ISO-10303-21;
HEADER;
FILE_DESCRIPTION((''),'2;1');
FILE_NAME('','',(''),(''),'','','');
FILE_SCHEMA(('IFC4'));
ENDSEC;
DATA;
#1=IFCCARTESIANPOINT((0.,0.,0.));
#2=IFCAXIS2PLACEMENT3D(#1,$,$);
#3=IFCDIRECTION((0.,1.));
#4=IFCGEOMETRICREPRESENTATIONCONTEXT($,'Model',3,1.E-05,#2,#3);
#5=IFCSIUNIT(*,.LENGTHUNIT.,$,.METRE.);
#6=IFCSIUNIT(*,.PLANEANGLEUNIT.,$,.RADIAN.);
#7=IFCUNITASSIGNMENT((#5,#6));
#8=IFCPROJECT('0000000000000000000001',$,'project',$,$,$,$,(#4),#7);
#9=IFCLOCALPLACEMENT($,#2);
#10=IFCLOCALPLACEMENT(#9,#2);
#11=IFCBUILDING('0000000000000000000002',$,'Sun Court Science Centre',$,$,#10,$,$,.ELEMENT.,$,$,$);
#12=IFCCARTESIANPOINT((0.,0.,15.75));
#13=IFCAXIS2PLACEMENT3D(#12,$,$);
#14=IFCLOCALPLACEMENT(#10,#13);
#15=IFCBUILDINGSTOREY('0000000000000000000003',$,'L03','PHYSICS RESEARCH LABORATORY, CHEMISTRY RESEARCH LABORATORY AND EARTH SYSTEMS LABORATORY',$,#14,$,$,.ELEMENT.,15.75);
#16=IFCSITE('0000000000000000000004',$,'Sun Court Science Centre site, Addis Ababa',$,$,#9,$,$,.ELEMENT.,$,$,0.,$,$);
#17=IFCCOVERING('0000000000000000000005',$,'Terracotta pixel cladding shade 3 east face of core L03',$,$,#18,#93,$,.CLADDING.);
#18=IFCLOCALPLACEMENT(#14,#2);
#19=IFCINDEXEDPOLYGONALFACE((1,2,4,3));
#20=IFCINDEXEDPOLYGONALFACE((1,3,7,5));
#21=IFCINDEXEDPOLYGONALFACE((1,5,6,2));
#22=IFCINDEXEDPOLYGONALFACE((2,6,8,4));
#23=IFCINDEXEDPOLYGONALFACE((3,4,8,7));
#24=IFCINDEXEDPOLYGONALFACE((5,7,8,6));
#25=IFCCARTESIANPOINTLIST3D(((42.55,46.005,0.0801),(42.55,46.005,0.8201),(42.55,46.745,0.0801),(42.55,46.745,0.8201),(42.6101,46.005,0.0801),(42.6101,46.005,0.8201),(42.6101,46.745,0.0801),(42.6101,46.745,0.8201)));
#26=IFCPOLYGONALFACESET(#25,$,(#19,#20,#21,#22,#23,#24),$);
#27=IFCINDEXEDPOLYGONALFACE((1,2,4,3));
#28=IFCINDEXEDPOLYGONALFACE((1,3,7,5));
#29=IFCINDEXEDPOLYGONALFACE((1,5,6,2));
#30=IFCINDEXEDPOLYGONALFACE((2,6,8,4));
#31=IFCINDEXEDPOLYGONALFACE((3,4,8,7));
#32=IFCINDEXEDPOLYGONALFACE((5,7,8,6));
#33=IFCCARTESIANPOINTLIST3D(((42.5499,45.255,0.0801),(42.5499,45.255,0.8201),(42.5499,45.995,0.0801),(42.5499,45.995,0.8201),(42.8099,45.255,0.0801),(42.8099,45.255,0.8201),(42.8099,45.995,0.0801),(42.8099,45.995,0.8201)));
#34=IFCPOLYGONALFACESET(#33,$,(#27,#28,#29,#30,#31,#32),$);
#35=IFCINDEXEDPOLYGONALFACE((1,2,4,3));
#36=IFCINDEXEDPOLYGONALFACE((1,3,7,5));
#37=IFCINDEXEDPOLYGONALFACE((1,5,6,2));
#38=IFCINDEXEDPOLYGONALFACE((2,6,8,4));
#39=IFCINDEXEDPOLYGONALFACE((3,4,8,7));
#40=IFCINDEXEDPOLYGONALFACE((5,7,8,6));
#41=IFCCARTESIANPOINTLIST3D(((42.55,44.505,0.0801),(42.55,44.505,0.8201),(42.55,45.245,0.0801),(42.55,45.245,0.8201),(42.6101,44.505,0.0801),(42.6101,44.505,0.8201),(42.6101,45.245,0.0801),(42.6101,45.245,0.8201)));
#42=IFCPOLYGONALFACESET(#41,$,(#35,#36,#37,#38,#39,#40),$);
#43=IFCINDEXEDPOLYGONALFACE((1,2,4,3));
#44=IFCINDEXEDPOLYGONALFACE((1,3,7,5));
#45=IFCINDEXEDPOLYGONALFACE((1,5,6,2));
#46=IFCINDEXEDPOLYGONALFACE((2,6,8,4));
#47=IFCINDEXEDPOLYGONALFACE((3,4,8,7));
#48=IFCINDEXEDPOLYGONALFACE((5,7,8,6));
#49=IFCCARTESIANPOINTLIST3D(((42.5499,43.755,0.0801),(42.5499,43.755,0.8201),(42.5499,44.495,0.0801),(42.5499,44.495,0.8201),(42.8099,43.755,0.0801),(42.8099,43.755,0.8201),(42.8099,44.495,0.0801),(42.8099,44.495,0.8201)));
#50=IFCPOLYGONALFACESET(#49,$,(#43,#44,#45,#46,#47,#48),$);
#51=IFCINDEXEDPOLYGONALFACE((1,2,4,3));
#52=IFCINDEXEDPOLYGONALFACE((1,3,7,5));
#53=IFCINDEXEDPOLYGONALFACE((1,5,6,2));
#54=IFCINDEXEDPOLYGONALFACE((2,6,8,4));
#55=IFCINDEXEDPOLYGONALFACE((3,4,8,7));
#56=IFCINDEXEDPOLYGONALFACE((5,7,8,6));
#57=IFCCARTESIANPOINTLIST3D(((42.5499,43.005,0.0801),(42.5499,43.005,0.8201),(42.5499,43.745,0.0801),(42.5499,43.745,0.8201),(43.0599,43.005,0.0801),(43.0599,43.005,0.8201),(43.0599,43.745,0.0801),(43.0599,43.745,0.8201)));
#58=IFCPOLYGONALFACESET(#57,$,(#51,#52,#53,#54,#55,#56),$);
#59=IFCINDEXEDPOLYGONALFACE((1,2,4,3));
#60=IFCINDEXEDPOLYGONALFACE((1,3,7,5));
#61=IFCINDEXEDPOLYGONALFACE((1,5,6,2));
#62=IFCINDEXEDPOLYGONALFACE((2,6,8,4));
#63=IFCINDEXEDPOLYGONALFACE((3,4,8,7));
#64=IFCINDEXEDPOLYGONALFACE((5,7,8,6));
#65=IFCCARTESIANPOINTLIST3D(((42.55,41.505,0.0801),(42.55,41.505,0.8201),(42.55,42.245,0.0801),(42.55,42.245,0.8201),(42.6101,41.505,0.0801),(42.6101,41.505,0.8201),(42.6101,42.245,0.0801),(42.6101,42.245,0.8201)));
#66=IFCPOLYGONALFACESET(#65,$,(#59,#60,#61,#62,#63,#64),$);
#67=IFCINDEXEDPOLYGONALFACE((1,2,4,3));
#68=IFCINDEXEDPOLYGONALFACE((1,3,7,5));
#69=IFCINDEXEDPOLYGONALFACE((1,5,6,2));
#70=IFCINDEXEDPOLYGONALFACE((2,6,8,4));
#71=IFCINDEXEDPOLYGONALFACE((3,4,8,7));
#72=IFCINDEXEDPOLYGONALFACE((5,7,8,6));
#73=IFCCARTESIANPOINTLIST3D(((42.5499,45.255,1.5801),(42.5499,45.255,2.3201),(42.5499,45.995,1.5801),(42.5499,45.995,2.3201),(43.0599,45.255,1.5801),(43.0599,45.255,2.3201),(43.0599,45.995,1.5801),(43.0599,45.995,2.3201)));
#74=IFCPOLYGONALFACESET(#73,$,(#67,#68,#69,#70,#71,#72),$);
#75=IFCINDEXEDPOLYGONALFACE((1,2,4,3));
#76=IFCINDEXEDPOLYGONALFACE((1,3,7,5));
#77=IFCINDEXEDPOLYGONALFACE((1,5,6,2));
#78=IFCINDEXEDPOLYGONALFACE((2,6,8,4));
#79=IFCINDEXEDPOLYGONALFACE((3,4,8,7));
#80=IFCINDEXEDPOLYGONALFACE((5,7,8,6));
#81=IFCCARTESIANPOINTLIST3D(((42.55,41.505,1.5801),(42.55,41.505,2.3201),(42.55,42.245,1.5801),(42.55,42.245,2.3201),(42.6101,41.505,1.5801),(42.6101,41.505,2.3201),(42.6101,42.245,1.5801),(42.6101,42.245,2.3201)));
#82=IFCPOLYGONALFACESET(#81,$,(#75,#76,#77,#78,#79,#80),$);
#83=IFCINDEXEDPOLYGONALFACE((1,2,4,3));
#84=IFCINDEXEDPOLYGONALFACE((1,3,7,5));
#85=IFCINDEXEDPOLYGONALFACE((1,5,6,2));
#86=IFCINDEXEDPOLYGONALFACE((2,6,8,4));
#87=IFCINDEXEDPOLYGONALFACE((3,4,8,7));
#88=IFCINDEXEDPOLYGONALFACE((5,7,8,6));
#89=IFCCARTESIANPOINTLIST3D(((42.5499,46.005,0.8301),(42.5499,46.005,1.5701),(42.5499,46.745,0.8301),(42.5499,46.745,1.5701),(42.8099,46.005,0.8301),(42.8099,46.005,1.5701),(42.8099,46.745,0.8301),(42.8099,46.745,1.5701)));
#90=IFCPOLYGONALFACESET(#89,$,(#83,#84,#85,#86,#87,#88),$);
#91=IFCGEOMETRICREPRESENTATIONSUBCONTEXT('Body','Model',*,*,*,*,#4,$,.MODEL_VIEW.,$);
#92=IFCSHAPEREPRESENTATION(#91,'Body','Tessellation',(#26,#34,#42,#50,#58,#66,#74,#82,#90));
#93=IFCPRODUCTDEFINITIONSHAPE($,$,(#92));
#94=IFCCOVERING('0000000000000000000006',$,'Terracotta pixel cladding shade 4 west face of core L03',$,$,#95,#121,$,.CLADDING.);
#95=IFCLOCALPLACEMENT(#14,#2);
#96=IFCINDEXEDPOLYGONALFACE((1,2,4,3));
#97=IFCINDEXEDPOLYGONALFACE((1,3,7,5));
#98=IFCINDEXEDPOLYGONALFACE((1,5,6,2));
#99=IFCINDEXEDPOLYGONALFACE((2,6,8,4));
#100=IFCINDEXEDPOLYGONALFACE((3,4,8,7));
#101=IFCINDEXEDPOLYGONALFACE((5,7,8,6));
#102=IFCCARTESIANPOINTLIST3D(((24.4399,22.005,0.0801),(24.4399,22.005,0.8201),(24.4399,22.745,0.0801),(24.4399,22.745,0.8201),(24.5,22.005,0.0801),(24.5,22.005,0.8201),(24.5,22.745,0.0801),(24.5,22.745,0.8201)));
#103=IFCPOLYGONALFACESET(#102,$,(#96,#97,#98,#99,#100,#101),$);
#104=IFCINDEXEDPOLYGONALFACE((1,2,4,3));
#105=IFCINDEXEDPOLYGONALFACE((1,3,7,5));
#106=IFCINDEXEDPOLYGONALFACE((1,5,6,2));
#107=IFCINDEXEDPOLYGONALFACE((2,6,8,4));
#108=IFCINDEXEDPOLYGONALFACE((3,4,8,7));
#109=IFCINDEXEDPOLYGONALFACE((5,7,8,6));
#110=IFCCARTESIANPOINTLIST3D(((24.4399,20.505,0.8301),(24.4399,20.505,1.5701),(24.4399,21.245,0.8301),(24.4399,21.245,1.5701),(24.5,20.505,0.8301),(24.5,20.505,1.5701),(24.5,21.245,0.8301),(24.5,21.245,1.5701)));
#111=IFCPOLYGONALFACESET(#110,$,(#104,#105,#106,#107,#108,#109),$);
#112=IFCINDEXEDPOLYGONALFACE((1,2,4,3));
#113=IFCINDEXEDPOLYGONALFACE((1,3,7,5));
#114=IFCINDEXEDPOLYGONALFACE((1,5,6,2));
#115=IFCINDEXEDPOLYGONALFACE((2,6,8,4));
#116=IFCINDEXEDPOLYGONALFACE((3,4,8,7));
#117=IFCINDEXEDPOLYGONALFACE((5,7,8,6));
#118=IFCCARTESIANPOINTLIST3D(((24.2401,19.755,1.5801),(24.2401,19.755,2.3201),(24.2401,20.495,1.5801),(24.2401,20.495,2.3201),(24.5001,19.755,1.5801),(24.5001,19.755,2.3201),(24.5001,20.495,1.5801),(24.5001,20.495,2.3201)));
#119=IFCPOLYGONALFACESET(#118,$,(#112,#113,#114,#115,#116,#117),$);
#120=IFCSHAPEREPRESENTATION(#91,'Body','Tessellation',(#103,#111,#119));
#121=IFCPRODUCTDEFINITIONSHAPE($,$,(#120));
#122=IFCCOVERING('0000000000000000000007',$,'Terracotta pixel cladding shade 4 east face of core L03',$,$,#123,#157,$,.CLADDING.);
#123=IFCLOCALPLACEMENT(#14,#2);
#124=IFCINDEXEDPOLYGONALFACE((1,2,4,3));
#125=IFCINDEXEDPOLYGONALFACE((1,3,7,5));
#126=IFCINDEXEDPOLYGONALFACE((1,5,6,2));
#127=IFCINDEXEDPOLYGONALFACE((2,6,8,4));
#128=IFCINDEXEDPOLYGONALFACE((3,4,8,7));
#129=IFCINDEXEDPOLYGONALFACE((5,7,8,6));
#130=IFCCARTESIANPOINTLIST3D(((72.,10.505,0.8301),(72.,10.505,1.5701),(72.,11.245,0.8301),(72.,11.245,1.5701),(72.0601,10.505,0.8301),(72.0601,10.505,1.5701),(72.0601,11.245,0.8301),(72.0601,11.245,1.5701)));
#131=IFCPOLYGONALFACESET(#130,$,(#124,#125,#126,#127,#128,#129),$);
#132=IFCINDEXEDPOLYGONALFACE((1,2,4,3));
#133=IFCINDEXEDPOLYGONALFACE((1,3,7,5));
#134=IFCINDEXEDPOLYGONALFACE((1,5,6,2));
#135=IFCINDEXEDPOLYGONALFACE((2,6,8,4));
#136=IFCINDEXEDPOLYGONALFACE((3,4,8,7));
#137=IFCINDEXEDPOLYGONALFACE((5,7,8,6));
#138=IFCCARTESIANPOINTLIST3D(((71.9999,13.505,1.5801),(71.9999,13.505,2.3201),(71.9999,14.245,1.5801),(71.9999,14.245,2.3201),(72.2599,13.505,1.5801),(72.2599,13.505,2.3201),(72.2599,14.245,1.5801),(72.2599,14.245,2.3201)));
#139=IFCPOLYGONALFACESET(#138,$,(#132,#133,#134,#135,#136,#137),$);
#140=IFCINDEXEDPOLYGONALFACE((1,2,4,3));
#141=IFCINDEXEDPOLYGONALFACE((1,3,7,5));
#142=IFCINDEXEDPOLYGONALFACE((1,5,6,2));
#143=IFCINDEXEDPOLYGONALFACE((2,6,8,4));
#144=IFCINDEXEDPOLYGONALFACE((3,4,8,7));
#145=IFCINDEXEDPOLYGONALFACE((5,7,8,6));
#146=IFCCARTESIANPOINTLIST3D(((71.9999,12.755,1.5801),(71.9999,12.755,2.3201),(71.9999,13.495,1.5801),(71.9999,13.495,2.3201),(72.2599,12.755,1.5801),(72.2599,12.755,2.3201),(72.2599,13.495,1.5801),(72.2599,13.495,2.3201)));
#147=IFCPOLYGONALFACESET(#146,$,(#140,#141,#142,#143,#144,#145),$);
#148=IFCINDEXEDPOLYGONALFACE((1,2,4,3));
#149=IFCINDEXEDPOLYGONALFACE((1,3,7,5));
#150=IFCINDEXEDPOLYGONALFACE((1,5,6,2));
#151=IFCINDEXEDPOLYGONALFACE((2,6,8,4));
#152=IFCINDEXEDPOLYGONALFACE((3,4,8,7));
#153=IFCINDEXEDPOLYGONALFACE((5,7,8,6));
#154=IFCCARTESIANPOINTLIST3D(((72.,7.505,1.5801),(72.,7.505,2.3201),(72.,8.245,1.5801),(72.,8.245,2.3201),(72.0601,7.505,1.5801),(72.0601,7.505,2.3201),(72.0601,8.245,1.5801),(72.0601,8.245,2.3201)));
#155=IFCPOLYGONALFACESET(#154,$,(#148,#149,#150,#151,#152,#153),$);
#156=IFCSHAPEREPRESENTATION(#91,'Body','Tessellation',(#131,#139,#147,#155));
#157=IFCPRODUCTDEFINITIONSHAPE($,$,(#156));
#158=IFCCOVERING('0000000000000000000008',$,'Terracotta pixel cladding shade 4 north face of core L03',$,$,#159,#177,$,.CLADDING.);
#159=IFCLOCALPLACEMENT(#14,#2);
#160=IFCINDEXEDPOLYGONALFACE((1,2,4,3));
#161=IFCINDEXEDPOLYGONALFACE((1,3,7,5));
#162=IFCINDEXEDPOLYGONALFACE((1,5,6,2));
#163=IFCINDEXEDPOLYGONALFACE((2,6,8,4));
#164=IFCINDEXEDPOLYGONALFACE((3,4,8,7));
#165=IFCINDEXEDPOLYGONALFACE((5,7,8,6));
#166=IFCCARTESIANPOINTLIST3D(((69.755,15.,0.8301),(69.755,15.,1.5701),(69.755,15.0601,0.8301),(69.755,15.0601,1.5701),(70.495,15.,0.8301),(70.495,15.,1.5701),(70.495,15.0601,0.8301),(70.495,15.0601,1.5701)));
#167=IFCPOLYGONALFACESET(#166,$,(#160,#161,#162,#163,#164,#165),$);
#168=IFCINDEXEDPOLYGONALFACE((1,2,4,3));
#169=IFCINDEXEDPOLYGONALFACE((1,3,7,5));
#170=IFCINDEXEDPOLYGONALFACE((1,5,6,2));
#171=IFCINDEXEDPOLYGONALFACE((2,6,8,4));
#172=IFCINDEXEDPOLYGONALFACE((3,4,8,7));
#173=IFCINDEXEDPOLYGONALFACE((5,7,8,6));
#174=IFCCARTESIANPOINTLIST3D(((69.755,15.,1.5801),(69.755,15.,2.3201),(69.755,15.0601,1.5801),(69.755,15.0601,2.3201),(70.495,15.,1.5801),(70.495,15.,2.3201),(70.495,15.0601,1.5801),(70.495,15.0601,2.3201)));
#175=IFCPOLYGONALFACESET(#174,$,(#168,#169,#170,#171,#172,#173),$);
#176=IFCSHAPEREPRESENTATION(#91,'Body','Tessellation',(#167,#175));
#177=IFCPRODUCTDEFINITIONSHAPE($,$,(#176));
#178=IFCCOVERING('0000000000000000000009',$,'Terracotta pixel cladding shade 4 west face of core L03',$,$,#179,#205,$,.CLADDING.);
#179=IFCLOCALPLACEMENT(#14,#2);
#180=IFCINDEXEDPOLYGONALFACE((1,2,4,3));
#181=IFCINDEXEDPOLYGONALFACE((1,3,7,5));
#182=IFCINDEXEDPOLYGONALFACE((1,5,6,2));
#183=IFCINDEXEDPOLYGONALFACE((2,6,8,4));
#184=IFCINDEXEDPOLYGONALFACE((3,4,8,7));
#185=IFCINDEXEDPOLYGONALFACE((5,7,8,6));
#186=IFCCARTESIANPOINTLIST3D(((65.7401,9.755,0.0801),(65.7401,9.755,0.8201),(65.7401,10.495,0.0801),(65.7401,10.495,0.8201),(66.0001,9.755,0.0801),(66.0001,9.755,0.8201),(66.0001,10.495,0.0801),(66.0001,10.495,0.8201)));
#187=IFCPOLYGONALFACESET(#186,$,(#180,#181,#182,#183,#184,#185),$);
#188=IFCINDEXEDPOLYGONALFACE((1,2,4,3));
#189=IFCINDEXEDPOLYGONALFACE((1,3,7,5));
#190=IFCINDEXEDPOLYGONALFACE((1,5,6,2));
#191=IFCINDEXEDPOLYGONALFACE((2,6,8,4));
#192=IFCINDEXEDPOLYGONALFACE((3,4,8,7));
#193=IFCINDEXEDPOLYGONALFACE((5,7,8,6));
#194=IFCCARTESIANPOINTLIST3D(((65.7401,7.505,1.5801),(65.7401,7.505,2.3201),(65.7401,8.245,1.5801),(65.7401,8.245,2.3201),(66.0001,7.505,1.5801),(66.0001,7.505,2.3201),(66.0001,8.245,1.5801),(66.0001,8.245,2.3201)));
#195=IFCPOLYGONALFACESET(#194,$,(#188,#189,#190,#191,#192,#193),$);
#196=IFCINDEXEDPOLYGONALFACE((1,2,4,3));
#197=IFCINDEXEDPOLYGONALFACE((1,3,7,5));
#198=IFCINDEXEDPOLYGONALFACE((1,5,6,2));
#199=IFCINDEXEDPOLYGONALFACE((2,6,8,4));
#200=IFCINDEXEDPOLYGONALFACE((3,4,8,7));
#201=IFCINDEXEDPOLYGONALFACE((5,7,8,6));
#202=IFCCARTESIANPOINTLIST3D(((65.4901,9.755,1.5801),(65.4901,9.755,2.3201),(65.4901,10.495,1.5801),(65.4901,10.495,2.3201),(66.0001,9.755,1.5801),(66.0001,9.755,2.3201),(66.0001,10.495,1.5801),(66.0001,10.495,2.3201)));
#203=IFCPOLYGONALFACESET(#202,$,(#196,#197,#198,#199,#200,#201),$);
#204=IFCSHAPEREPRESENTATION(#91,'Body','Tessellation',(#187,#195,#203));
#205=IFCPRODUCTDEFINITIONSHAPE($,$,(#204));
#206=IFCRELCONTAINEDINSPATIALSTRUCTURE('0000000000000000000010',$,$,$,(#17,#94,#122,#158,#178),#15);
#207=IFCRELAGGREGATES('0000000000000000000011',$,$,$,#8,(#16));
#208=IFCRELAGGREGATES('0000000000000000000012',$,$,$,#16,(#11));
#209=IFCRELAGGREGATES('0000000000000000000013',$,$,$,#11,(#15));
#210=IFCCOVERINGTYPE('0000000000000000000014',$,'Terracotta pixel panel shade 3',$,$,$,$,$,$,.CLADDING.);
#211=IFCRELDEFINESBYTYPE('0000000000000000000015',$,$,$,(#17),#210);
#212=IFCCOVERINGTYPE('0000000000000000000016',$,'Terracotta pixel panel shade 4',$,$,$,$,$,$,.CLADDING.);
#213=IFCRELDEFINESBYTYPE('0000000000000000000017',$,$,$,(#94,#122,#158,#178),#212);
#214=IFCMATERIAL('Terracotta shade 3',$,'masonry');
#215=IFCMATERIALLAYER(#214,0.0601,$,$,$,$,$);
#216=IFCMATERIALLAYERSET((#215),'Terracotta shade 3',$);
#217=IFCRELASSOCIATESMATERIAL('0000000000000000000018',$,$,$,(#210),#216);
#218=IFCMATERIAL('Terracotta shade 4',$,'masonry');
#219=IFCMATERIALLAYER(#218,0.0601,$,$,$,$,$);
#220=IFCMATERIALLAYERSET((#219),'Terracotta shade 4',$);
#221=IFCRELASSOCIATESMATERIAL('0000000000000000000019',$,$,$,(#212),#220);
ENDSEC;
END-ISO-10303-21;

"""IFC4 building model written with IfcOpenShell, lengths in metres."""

from ifc_helpers import new_model, si_unit, direction, frame, origin, origin_2d, place, context, subcontext, project, spatial, rectangle, extrude, material, layer, layer_set, type_object, element, save


model = new_model("IFC4")

# Units and contexts
model_context = context("Model", 3, precision=1e-05, world=origin(), true_north=direction((0.0, 1.0)))
body_context = subcontext(model_context, "Body", "Model", "MODEL_VIEW")
ifc_project = project(units=[si_unit("LENGTHUNIT", "METRE"), si_unit("PLANEANGLEUNIT", "RADIAN")], contexts=[model_context])

# Site, building, storey
site_placement = place(None, origin())
site = spatial("IfcSite", under=ifc_project, at=site_placement, Name="Sun Court Science Centre site, Addis Ababa", CompositionType="ELEMENT", RefElevation=0.0)
building_placement = place(site_placement, origin())
building = spatial("IfcBuilding", under=site, at=building_placement, Name="Sun Court Science Centre", CompositionType="ELEMENT")
storey_placement = place(building_placement, frame((0.0, 0.0, 15.75)))
storey = spatial("IfcBuildingStorey", under=building, at=storey_placement, Name="L03", Description="PHYSICS RESEARCH LABORATORY, CHEMISTRY RESEARCH LABORATORY AND EARTH SYSTEMS LABORATORY", CompositionType="ELEMENT", Elevation=15.75)

# Coverings
ifc_material_1 = material(Name="Terracotta shade 3", Category="masonry")
ifc_layer_1 = layer(ifc_material_1, 0.0601)
ifc_layer_set_1 = layer_set([ifc_layer_1], Name="Terracotta shade 3")
covering_type_1 = type_object("IfcCoveringType", Name="Terracotta pixel panel shade 3", PredefinedType="CLADDING", material=ifc_layer_set_1)
covering_1_placement = place(storey_placement, frame((0.0, 0.0, -15.75)))
element("IfcCovering", 1, at=covering_1_placement, inside=storey, type_object=covering_type_1, Name="Terracotta pixel cladding shade 3 east face of core L03", PredefinedType="CLADDING", context=body_context, shape_type="SweptSolid", body=[
    extrude(rectangle(XDim=0.74, YDim=0.0601, at=origin_2d()), frame((42.5801, 46.375, 15.8301), z_axis=(0.0, 0.0, 1.0), x_axis=(0.0, -1.0, 0.0)), (0.0, 0.0, 1.0), 0.74),
    extrude(rectangle(XDim=0.74, YDim=0.26, at=origin_2d()), frame((42.6799, 45.625, 15.8301), z_axis=(0.0, 0.0, 1.0), x_axis=(0.0, -1.0, 0.0)), (0.0, 0.0, 1.0), 0.74),
    extrude(rectangle(XDim=0.74, YDim=0.0601, at=origin_2d()), frame((42.5801, 44.875, 15.8301), z_axis=(0.0, 0.0, 1.0), x_axis=(0.0, -1.0, 0.0)), (0.0, 0.0, 1.0), 0.74),
    extrude(rectangle(XDim=0.74, YDim=0.26, at=origin_2d()), frame((42.6799, 44.125, 15.8301), z_axis=(0.0, 0.0, 1.0), x_axis=(0.0, -1.0, 0.0)), (0.0, 0.0, 1.0), 0.74),
    extrude(rectangle(XDim=0.74, YDim=0.51, at=origin_2d()), frame((42.8049, 43.375, 15.8301), z_axis=(0.0, 0.0, 1.0), x_axis=(0.0, -1.0, 0.0)), (0.0, 0.0, 1.0), 0.74),
    extrude(rectangle(XDim=0.74, YDim=0.0601, at=origin_2d()), frame((42.5801, 41.875, 15.8301), z_axis=(0.0, 0.0, 1.0), x_axis=(0.0, -1.0, 0.0)), (0.0, 0.0, 1.0), 0.74),
    extrude(rectangle(XDim=0.74, YDim=0.51, at=origin_2d()), frame((42.8049, 45.625, 17.3301), z_axis=(0.0, 0.0, 1.0), x_axis=(0.0, -1.0, 0.0)), (0.0, 0.0, 1.0), 0.74),
    extrude(rectangle(XDim=0.74, YDim=0.0601, at=origin_2d()), frame((42.5801, 41.875, 17.3301), z_axis=(0.0, 0.0, 1.0), x_axis=(0.0, -1.0, 0.0)), (0.0, 0.0, 1.0), 0.74),
    extrude(rectangle(XDim=0.74, YDim=0.26, at=origin_2d()), frame((42.6799, 46.375, 16.5801), z_axis=(0.0, 0.0, 1.0), x_axis=(0.0, -1.0, 0.0)), (0.0, 0.0, 1.0), 0.74),
])
ifc_material_2 = material(Name="Terracotta shade 4", Category="masonry")
ifc_layer_2 = layer(ifc_material_2, 0.0601)
ifc_layer_set_2 = layer_set([ifc_layer_2], Name="Terracotta shade 4")
covering_type_2 = type_object("IfcCoveringType", Name="Terracotta pixel panel shade 4", PredefinedType="CLADDING", material=ifc_layer_set_2)
covering_2_placement = place(storey_placement, frame((0.0, 0.0, -15.75)))
element("IfcCovering", 2, at=covering_2_placement, inside=storey, type_object=covering_type_2, Name="Terracotta pixel cladding shade 4 west face of core L03", PredefinedType="CLADDING", context=body_context, shape_type="SweptSolid", body=[
    extrude(rectangle(XDim=0.74, YDim=0.0601, at=origin_2d()), frame((24.47, 22.375, 15.8301), z_axis=(0.0, 0.0, 1.0), x_axis=(0.0, 1.0, 0.0)), (0.0, 0.0, 1.0), 0.74),
    extrude(rectangle(XDim=0.74, YDim=0.0601, at=origin_2d()), frame((24.47, 20.875, 16.5801), z_axis=(0.0, 0.0, 1.0), x_axis=(0.0, 1.0, 0.0)), (0.0, 0.0, 1.0), 0.74),
    extrude(rectangle(XDim=0.74, YDim=0.26, at=origin_2d()), frame((24.3701, 20.125, 17.3301), z_axis=(0.0, 0.0, 1.0), x_axis=(0.0, 1.0, 0.0)), (0.0, 0.0, 1.0), 0.74),
])
covering_3_placement = place(storey_placement, frame((0.0, 0.0, -15.75)))
element("IfcCovering", 3, at=covering_3_placement, inside=storey, type_object=covering_type_2, Name="Terracotta pixel cladding shade 4 east face of core L03", PredefinedType="CLADDING", context=body_context, shape_type="SweptSolid", body=[
    extrude(rectangle(XDim=0.74, YDim=0.0601, at=origin_2d()), frame((72.03, 10.875, 16.5801), z_axis=(0.0, 0.0, 1.0), x_axis=(0.0, -1.0, 0.0)), (0.0, 0.0, 1.0), 0.74),
    extrude(rectangle(XDim=0.74, YDim=0.26, at=origin_2d()), frame((72.1299, 13.875, 17.3301), z_axis=(0.0, 0.0, 1.0), x_axis=(0.0, -1.0, 0.0)), (0.0, 0.0, 1.0), 0.74),
    extrude(rectangle(XDim=0.74, YDim=0.26, at=origin_2d()), frame((72.1299, 13.125, 17.3301), z_axis=(0.0, 0.0, 1.0), x_axis=(0.0, -1.0, 0.0)), (0.0, 0.0, 1.0), 0.74),
    extrude(rectangle(XDim=0.74, YDim=0.0601, at=origin_2d()), frame((72.03, 7.875, 17.3301), z_axis=(0.0, 0.0, 1.0), x_axis=(0.0, -1.0, 0.0)), (0.0, 0.0, 1.0), 0.74),
])
covering_4_placement = place(storey_placement, frame((0.0, 0.0, -15.75)))
element("IfcCovering", 4, at=covering_4_placement, inside=storey, type_object=covering_type_2, Name="Terracotta pixel cladding shade 4 north face of core L03", PredefinedType="CLADDING", context=body_context, shape_type="SweptSolid", body=[
    extrude(rectangle(XDim=0.74, YDim=0.0601, at=origin_2d()), frame((70.125, 15.03, 16.5801), z_axis=(0.0, 0.0, 1.0), x_axis=(1.0, 0.0, 0.0)), (0.0, 0.0, 1.0), 0.74),
    extrude(rectangle(XDim=0.74, YDim=0.0601, at=origin_2d()), frame((70.125, 15.03, 17.3301), z_axis=(0.0, 0.0, 1.0), x_axis=(1.0, 0.0, 0.0)), (0.0, 0.0, 1.0), 0.74),
])
covering_5_placement = place(storey_placement, frame((0.0, 0.0, -15.75)))
element("IfcCovering", 5, at=covering_5_placement, inside=storey, type_object=covering_type_2, Name="Terracotta pixel cladding shade 4 west face of core L03", PredefinedType="CLADDING", context=body_context, shape_type="SweptSolid", body=[
    extrude(rectangle(XDim=0.74, YDim=0.26, at=origin_2d()), frame((65.8701, 10.125, 15.8301), z_axis=(0.0, 0.0, 1.0), x_axis=(0.0, 1.0, 0.0)), (0.0, 0.0, 1.0), 0.74),
    extrude(rectangle(XDim=0.74, YDim=0.26, at=origin_2d()), frame((65.8701, 7.875, 17.3301), z_axis=(0.0, 0.0, 1.0), x_axis=(0.0, 1.0, 0.0)), (0.0, 0.0, 1.0), 0.74),
    extrude(rectangle(XDim=0.74, YDim=0.51, at=origin_2d()), frame((65.7451, 10.125, 17.3301), z_axis=(0.0, 0.0, 1.0), x_axis=(0.0, 1.0, 0.0)), (0.0, 0.0, 1.0), 0.74),
])

save(model, "model.ifc")
